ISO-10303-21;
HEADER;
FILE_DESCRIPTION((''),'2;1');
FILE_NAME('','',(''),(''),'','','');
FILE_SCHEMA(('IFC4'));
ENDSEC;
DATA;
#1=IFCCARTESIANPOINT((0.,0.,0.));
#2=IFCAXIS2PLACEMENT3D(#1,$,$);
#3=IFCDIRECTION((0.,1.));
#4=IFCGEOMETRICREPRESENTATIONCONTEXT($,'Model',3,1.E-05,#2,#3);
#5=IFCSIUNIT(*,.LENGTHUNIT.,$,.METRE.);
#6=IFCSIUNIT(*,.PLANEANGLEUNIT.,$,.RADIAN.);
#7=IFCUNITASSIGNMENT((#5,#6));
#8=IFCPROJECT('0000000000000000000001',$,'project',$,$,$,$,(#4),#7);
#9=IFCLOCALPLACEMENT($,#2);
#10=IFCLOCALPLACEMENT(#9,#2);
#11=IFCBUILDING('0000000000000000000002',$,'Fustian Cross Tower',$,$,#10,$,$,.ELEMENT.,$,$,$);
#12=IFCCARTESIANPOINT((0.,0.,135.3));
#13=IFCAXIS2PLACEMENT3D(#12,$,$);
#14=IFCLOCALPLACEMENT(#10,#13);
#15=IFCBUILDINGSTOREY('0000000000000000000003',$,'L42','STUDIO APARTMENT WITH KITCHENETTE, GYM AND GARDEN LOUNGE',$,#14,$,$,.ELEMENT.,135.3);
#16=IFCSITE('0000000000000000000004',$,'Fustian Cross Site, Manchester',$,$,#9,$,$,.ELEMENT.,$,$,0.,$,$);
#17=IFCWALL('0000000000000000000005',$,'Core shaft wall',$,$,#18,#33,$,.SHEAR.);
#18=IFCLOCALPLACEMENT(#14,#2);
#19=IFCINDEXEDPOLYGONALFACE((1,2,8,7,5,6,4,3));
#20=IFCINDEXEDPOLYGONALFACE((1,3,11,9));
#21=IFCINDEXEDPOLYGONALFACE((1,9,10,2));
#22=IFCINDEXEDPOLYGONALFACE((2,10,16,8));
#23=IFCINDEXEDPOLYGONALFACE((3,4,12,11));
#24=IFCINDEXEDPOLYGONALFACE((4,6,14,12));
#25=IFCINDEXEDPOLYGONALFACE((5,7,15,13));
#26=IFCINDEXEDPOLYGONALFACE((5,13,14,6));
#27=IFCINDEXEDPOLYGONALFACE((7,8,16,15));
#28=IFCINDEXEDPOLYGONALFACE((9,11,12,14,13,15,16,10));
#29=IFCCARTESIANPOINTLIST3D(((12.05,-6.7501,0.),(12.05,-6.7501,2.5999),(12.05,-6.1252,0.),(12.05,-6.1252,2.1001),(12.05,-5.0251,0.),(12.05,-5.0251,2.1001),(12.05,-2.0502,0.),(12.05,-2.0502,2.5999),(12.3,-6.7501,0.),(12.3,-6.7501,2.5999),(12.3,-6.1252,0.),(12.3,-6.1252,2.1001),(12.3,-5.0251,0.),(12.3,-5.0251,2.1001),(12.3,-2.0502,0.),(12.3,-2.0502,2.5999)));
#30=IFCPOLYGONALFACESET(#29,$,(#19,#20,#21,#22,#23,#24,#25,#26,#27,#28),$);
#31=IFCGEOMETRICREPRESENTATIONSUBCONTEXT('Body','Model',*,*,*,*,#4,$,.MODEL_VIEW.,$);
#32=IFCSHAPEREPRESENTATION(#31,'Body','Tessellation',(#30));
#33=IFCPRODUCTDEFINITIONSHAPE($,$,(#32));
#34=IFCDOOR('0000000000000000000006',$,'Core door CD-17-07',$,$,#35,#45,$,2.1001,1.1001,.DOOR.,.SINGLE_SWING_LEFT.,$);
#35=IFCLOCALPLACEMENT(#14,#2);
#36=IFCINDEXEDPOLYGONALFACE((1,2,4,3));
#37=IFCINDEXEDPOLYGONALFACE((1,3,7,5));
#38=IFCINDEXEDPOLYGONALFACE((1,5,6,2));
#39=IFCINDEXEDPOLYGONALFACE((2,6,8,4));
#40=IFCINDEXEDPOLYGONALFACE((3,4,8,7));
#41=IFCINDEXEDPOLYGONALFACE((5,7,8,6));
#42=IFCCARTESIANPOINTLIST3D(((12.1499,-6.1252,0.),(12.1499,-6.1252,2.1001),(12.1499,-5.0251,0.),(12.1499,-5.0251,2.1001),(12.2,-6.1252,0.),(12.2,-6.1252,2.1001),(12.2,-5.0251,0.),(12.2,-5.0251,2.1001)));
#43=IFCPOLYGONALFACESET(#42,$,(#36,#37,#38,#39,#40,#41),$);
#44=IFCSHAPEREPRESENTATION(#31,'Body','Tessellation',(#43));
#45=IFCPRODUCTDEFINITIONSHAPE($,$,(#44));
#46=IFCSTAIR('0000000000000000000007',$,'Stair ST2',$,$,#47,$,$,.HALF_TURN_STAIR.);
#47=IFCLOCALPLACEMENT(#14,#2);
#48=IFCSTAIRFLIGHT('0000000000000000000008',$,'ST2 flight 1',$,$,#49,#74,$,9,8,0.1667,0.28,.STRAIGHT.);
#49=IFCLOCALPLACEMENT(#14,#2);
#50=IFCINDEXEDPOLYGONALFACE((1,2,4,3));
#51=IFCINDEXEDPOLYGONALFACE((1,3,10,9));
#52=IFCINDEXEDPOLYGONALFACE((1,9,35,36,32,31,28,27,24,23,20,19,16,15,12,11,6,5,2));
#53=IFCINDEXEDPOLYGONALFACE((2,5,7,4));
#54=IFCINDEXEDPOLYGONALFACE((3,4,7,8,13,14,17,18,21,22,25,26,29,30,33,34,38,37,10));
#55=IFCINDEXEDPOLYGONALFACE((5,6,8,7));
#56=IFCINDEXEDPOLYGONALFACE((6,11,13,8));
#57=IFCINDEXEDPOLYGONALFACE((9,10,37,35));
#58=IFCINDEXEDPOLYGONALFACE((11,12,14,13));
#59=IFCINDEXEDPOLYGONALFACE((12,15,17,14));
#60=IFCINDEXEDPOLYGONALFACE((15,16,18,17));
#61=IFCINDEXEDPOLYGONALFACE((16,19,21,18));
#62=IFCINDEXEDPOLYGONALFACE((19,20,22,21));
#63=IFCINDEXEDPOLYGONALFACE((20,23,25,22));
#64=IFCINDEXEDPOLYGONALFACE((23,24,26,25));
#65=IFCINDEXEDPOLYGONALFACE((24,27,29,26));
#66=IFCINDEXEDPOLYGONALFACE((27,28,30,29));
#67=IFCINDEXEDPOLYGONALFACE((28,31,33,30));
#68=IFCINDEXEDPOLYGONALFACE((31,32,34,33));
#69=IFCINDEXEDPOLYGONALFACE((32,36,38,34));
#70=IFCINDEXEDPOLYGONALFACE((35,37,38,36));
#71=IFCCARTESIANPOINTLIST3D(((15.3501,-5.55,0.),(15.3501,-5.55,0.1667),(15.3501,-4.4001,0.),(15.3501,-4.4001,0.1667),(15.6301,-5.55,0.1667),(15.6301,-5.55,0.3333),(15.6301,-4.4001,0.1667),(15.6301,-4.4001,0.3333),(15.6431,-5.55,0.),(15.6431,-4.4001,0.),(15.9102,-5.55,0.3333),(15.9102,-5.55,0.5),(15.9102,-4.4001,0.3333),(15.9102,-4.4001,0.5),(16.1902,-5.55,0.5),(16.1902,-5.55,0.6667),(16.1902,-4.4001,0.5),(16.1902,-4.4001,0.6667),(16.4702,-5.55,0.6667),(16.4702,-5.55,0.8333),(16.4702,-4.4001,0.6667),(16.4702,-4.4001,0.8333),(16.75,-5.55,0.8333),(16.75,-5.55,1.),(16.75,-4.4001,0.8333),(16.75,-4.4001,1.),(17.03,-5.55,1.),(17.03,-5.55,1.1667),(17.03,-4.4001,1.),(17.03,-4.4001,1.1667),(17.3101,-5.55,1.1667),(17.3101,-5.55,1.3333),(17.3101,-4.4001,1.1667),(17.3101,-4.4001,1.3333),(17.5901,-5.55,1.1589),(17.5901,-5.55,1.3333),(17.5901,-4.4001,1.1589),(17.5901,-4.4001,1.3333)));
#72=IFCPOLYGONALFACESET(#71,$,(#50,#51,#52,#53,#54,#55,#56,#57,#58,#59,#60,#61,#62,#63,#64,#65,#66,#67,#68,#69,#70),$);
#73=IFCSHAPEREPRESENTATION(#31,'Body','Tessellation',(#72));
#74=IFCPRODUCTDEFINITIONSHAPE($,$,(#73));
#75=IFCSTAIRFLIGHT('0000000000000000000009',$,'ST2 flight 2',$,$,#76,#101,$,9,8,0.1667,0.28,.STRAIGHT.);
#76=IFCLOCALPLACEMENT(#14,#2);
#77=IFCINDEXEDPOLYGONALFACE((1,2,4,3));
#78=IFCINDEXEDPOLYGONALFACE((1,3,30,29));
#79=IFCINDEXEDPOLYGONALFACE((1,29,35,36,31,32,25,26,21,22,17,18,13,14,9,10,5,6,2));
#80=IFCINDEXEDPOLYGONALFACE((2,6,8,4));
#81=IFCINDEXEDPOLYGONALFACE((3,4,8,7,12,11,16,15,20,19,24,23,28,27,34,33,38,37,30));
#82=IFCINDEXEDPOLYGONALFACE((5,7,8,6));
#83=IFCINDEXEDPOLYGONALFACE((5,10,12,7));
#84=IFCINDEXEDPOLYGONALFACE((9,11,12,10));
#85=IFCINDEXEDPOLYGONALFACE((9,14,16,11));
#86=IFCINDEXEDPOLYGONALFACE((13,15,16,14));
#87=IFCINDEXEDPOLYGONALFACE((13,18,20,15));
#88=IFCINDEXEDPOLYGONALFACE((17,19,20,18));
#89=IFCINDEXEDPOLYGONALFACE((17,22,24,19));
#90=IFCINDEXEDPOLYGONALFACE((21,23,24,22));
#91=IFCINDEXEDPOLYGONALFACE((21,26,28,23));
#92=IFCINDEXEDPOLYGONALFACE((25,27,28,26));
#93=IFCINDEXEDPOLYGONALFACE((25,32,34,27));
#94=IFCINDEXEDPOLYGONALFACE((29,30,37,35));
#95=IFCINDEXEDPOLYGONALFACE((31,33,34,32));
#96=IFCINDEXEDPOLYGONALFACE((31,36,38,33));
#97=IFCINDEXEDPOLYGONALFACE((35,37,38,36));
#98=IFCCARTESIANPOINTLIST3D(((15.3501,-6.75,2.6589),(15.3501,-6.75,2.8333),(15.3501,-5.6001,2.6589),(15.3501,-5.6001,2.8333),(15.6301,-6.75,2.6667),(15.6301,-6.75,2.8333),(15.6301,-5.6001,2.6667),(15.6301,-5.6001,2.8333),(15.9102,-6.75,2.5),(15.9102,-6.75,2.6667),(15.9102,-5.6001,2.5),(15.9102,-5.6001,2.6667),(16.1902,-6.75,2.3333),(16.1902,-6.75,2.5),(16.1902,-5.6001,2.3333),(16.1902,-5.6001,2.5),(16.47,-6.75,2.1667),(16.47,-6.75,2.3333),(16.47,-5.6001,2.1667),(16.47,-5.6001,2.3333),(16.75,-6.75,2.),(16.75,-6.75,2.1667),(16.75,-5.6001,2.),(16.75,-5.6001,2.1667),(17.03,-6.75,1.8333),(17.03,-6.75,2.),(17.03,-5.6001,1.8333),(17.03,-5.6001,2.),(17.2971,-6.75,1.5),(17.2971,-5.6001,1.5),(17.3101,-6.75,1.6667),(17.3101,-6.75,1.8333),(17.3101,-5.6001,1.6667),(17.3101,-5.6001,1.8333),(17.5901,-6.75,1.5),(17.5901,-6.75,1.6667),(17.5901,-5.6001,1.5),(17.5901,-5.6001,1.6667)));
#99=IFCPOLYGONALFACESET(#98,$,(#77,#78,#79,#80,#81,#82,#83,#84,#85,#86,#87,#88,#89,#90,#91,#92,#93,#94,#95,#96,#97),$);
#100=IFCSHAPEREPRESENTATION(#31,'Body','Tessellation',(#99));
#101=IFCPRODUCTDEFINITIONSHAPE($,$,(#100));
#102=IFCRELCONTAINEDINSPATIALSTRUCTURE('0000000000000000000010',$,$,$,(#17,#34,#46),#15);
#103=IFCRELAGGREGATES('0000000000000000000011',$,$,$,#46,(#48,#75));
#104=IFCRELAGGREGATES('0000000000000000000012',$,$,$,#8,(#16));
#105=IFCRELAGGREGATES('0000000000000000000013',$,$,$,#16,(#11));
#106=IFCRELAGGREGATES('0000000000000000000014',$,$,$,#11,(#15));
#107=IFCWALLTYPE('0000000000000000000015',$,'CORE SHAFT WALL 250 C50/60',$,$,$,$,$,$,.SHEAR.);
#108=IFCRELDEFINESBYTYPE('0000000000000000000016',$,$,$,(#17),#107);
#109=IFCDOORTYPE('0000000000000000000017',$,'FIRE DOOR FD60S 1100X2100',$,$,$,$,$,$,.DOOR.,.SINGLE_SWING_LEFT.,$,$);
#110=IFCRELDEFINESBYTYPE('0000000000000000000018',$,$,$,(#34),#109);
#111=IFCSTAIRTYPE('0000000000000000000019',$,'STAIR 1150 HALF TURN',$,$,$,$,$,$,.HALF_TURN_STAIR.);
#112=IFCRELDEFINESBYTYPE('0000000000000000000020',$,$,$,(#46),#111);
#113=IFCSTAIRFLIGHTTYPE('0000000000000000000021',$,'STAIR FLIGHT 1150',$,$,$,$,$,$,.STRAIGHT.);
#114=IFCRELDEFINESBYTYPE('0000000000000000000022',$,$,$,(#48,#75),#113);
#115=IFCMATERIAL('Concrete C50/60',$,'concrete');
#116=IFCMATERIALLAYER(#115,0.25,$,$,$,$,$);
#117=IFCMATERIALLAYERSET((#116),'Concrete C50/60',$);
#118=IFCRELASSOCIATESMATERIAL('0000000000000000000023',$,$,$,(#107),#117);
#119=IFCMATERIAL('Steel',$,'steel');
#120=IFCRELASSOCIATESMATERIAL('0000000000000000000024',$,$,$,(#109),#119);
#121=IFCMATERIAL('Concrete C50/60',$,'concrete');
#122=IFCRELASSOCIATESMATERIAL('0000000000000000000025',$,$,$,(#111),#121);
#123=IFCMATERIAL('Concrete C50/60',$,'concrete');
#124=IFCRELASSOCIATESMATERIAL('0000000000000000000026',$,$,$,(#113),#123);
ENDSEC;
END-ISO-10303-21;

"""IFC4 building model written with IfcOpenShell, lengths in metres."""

from ifc_helpers import new_model, si_unit, direction, frame, frame_2d, origin, place, context, subcontext, project, spatial, polyline, rectangle, outline, extrude, material, layer, layer_set, type_object, element, fill, aggregate, save


model = new_model("IFC4")

# Units and contexts
model_context = context("Model", 3, precision=1e-05, world=origin(), true_north=direction((0.0, 1.0)))
body_context = subcontext(model_context, "Body", "Model", "MODEL_VIEW")
ifc_project = project(units=[si_unit("LENGTHUNIT", "METRE"), si_unit("PLANEANGLEUNIT", "RADIAN")], contexts=[model_context])

# Site, building, storey
site_placement = place(None, origin())
site = spatial("IfcSite", under=ifc_project, at=site_placement, Name="Fustian Cross Site, Manchester", CompositionType="ELEMENT", RefElevation=0.0)
building_placement = place(site_placement, origin())
building = spatial("IfcBuilding", under=site, at=building_placement, Name="Fustian Cross Tower", CompositionType="ELEMENT")
storey_placement = place(building_placement, frame((0.0, 0.0, 135.3)))
storey = spatial("IfcBuildingStorey", under=building, at=storey_placement, Name="L42", Description="STUDIO APARTMENT WITH KITCHENETTE, GYM AND GARDEN LOUNGE", CompositionType="ELEMENT", Elevation=135.3)

# Shared definitions
ifc_material_1 = material(Name="Concrete C50/60", Category="concrete")
ifc_layer_1 = layer(ifc_material_1, 0.25)
ifc_layer_set_1 = layer_set([ifc_layer_1], Name="Concrete C50/60")
wall_type_1 = type_object("IfcWallType", Name="CORE SHAFT WALL 250 C50/60", PredefinedType="SHEAR", material=ifc_layer_set_1)

# Wall, opening, door
wall_1_placement = place(storey_placement, frame((12.175, -2.05, 0.0), z_axis=(0.0, 0.0, 1.0), x_axis=(0.0, -1.0, 0.0)))
wall_1 = element("IfcWall", 1, at=wall_1_placement, inside=storey, type_object=wall_type_1, Name="Core shaft wall", PredefinedType="SHEAR", context=body_context, shape_type="SweptSolid", body=[
    extrude(rectangle(XDim=4.7, YDim=0.25, at=frame_2d((2.3501, 0.0))), origin(), (0.0, 0.0, 1.0), 2.5999),
])
opening_1_placement = place(wall_1_placement, frame((2.9751, 0.0, 0.0)))
opening_1 = element("IfcOpeningElement", 2, at=opening_1_placement, cuts=wall_1, PredefinedType="OPENING", context=body_context, shape_type="SweptSolid", body=[
    extrude(rectangle(XDim=1.1001, YDim=2.1001, at=frame_2d((0.55, 1.05))), frame((0.0, 0.135, 0.0), z_axis=(0.0, -1.0, 0.0), x_axis=(1.0, 0.0, 0.0)), (0.0, 0.0, 1.0), 0.27),
])
ifc_material_2 = material(Name="Steel", Category="steel")
door_type_1 = type_object("IfcDoorType", Name="FIRE DOOR FD60S 1100X2100", OperationType="SINGLE_SWING_LEFT", PredefinedType="DOOR", material=ifc_material_2)
door_1_placement = place(opening_1_placement, origin())
door_1 = element("IfcDoor", 3, at=door_1_placement, inside=storey, type_object=door_type_1, Name="Core door CD-17-07", OperationType="SINGLE_SWING_LEFT", OverallHeight=2.1001, OverallWidth=1.1001, PredefinedType="DOOR", context=body_context, shape_type="SweptSolid", body=[
    extrude(rectangle(XDim=1.1001, YDim=2.1001, at=frame_2d((0.55, 1.05))), frame((0.0, 0.0249, 0.0), z_axis=(0.0, -1.0, 0.0), x_axis=(1.0, 0.0, 0.0)), (0.0, 0.0, 1.0), 0.05),
])
fill(opening_1, door_1)

# Stair, stair flights
ifc_material_3 = material(Name="Concrete C50/60", Category="concrete")
stair_type = type_object("IfcStairType", Name="STAIR 1150 HALF TURN", PredefinedType="HALF_TURN_STAIR", material=ifc_material_3)
stair_placement = place(storey_placement, origin())
stair = element("IfcStair", 4, at=stair_placement, inside=storey, type_object=stair_type, Name="Stair ST2", PredefinedType="HALF_TURN_STAIR")
ifc_material_4 = material(Name="Concrete C50/60", Category="concrete")
stair_flight_type = type_object("IfcStairFlightType", Name="STAIR FLIGHT 1150", PredefinedType="STRAIGHT", material=ifc_material_4)
stair_flight_1_placement = place(storey_placement, frame((15.3501, -4.9751, 0.0), z_axis=(0.0, 0.0, 1.0), x_axis=(1.0, 0.0, 0.0)))
stair_flight_1 = element("IfcStairFlight", 5, at=stair_flight_1_placement, type_object=stair_flight_type, Name="ST2 flight 1", NumberOfRisers=9, NumberOfTreads=8, PredefinedType="STRAIGHT", RiserHeight=0.1667, TreadLength=0.28, context=body_context, shape_type="SweptSolid", body=[
    extrude(outline(polyline([(0.0, 0.0), (0.0, 0.1667), (0.28, 0.1667), (0.28, 0.3333), (0.5601, 0.3333), (0.5601, 0.5), (0.8401, 0.5), (0.8401, 0.6667), (1.1201, 0.6667), (1.1201, 0.8333), (1.3999, 0.8333), (1.3999, 1.0), (1.6799, 1.0), (1.6799, 1.1667), (1.96, 1.1667), (1.96, 1.3333), (2.24, 1.3333), (2.24, 1.5), (2.24, 1.1589), (0.293, 0.0), (0.0, 0.0)])), frame((0.0, 0.575, 0.0), z_axis=(0.0, -1.0, 0.0), x_axis=(1.0, 0.0, 0.0)), (0.0, 0.0, 1.0), 1.1499),
])
stair_flight_2_placement = place(storey_placement, frame((17.5901, -6.175, 1.5), z_axis=(0.0, 0.0, 1.0), x_axis=(-1.0, 0.0, 0.0)))
stair_flight_2 = element("IfcStairFlight", 6, at=stair_flight_2_placement, type_object=stair_flight_type, Name="ST2 flight 2", NumberOfRisers=9, NumberOfTreads=8, PredefinedType="STRAIGHT", RiserHeight=0.1667, TreadLength=0.28, context=body_context, shape_type="SweptSolid", body=[
    extrude(outline(polyline([(0.0, 0.0), (0.0, 0.1667), (0.28, 0.1667), (0.28, 0.3333), (0.5601, 0.3333), (0.5601, 0.5), (0.8401, 0.5), (0.8401, 0.6667), (1.1201, 0.6667), (1.1201, 0.8333), (1.3999, 0.8333), (1.3999, 1.0), (1.6799, 1.0), (1.6799, 1.1667), (1.96, 1.1667), (1.96, 1.3333), (2.24, 1.3333), (2.24, 1.5), (2.24, 1.1589), (0.293, 0.0), (0.0, 0.0)])), frame((0.0, 0.575, 0.0), z_axis=(0.0, -1.0, 0.0), x_axis=(1.0, 0.0, 0.0)), (0.0, 0.0, 1.0), 1.1499),
])
aggregate(stair, [stair_flight_1, stair_flight_2])

save(model, "model.ifc")
